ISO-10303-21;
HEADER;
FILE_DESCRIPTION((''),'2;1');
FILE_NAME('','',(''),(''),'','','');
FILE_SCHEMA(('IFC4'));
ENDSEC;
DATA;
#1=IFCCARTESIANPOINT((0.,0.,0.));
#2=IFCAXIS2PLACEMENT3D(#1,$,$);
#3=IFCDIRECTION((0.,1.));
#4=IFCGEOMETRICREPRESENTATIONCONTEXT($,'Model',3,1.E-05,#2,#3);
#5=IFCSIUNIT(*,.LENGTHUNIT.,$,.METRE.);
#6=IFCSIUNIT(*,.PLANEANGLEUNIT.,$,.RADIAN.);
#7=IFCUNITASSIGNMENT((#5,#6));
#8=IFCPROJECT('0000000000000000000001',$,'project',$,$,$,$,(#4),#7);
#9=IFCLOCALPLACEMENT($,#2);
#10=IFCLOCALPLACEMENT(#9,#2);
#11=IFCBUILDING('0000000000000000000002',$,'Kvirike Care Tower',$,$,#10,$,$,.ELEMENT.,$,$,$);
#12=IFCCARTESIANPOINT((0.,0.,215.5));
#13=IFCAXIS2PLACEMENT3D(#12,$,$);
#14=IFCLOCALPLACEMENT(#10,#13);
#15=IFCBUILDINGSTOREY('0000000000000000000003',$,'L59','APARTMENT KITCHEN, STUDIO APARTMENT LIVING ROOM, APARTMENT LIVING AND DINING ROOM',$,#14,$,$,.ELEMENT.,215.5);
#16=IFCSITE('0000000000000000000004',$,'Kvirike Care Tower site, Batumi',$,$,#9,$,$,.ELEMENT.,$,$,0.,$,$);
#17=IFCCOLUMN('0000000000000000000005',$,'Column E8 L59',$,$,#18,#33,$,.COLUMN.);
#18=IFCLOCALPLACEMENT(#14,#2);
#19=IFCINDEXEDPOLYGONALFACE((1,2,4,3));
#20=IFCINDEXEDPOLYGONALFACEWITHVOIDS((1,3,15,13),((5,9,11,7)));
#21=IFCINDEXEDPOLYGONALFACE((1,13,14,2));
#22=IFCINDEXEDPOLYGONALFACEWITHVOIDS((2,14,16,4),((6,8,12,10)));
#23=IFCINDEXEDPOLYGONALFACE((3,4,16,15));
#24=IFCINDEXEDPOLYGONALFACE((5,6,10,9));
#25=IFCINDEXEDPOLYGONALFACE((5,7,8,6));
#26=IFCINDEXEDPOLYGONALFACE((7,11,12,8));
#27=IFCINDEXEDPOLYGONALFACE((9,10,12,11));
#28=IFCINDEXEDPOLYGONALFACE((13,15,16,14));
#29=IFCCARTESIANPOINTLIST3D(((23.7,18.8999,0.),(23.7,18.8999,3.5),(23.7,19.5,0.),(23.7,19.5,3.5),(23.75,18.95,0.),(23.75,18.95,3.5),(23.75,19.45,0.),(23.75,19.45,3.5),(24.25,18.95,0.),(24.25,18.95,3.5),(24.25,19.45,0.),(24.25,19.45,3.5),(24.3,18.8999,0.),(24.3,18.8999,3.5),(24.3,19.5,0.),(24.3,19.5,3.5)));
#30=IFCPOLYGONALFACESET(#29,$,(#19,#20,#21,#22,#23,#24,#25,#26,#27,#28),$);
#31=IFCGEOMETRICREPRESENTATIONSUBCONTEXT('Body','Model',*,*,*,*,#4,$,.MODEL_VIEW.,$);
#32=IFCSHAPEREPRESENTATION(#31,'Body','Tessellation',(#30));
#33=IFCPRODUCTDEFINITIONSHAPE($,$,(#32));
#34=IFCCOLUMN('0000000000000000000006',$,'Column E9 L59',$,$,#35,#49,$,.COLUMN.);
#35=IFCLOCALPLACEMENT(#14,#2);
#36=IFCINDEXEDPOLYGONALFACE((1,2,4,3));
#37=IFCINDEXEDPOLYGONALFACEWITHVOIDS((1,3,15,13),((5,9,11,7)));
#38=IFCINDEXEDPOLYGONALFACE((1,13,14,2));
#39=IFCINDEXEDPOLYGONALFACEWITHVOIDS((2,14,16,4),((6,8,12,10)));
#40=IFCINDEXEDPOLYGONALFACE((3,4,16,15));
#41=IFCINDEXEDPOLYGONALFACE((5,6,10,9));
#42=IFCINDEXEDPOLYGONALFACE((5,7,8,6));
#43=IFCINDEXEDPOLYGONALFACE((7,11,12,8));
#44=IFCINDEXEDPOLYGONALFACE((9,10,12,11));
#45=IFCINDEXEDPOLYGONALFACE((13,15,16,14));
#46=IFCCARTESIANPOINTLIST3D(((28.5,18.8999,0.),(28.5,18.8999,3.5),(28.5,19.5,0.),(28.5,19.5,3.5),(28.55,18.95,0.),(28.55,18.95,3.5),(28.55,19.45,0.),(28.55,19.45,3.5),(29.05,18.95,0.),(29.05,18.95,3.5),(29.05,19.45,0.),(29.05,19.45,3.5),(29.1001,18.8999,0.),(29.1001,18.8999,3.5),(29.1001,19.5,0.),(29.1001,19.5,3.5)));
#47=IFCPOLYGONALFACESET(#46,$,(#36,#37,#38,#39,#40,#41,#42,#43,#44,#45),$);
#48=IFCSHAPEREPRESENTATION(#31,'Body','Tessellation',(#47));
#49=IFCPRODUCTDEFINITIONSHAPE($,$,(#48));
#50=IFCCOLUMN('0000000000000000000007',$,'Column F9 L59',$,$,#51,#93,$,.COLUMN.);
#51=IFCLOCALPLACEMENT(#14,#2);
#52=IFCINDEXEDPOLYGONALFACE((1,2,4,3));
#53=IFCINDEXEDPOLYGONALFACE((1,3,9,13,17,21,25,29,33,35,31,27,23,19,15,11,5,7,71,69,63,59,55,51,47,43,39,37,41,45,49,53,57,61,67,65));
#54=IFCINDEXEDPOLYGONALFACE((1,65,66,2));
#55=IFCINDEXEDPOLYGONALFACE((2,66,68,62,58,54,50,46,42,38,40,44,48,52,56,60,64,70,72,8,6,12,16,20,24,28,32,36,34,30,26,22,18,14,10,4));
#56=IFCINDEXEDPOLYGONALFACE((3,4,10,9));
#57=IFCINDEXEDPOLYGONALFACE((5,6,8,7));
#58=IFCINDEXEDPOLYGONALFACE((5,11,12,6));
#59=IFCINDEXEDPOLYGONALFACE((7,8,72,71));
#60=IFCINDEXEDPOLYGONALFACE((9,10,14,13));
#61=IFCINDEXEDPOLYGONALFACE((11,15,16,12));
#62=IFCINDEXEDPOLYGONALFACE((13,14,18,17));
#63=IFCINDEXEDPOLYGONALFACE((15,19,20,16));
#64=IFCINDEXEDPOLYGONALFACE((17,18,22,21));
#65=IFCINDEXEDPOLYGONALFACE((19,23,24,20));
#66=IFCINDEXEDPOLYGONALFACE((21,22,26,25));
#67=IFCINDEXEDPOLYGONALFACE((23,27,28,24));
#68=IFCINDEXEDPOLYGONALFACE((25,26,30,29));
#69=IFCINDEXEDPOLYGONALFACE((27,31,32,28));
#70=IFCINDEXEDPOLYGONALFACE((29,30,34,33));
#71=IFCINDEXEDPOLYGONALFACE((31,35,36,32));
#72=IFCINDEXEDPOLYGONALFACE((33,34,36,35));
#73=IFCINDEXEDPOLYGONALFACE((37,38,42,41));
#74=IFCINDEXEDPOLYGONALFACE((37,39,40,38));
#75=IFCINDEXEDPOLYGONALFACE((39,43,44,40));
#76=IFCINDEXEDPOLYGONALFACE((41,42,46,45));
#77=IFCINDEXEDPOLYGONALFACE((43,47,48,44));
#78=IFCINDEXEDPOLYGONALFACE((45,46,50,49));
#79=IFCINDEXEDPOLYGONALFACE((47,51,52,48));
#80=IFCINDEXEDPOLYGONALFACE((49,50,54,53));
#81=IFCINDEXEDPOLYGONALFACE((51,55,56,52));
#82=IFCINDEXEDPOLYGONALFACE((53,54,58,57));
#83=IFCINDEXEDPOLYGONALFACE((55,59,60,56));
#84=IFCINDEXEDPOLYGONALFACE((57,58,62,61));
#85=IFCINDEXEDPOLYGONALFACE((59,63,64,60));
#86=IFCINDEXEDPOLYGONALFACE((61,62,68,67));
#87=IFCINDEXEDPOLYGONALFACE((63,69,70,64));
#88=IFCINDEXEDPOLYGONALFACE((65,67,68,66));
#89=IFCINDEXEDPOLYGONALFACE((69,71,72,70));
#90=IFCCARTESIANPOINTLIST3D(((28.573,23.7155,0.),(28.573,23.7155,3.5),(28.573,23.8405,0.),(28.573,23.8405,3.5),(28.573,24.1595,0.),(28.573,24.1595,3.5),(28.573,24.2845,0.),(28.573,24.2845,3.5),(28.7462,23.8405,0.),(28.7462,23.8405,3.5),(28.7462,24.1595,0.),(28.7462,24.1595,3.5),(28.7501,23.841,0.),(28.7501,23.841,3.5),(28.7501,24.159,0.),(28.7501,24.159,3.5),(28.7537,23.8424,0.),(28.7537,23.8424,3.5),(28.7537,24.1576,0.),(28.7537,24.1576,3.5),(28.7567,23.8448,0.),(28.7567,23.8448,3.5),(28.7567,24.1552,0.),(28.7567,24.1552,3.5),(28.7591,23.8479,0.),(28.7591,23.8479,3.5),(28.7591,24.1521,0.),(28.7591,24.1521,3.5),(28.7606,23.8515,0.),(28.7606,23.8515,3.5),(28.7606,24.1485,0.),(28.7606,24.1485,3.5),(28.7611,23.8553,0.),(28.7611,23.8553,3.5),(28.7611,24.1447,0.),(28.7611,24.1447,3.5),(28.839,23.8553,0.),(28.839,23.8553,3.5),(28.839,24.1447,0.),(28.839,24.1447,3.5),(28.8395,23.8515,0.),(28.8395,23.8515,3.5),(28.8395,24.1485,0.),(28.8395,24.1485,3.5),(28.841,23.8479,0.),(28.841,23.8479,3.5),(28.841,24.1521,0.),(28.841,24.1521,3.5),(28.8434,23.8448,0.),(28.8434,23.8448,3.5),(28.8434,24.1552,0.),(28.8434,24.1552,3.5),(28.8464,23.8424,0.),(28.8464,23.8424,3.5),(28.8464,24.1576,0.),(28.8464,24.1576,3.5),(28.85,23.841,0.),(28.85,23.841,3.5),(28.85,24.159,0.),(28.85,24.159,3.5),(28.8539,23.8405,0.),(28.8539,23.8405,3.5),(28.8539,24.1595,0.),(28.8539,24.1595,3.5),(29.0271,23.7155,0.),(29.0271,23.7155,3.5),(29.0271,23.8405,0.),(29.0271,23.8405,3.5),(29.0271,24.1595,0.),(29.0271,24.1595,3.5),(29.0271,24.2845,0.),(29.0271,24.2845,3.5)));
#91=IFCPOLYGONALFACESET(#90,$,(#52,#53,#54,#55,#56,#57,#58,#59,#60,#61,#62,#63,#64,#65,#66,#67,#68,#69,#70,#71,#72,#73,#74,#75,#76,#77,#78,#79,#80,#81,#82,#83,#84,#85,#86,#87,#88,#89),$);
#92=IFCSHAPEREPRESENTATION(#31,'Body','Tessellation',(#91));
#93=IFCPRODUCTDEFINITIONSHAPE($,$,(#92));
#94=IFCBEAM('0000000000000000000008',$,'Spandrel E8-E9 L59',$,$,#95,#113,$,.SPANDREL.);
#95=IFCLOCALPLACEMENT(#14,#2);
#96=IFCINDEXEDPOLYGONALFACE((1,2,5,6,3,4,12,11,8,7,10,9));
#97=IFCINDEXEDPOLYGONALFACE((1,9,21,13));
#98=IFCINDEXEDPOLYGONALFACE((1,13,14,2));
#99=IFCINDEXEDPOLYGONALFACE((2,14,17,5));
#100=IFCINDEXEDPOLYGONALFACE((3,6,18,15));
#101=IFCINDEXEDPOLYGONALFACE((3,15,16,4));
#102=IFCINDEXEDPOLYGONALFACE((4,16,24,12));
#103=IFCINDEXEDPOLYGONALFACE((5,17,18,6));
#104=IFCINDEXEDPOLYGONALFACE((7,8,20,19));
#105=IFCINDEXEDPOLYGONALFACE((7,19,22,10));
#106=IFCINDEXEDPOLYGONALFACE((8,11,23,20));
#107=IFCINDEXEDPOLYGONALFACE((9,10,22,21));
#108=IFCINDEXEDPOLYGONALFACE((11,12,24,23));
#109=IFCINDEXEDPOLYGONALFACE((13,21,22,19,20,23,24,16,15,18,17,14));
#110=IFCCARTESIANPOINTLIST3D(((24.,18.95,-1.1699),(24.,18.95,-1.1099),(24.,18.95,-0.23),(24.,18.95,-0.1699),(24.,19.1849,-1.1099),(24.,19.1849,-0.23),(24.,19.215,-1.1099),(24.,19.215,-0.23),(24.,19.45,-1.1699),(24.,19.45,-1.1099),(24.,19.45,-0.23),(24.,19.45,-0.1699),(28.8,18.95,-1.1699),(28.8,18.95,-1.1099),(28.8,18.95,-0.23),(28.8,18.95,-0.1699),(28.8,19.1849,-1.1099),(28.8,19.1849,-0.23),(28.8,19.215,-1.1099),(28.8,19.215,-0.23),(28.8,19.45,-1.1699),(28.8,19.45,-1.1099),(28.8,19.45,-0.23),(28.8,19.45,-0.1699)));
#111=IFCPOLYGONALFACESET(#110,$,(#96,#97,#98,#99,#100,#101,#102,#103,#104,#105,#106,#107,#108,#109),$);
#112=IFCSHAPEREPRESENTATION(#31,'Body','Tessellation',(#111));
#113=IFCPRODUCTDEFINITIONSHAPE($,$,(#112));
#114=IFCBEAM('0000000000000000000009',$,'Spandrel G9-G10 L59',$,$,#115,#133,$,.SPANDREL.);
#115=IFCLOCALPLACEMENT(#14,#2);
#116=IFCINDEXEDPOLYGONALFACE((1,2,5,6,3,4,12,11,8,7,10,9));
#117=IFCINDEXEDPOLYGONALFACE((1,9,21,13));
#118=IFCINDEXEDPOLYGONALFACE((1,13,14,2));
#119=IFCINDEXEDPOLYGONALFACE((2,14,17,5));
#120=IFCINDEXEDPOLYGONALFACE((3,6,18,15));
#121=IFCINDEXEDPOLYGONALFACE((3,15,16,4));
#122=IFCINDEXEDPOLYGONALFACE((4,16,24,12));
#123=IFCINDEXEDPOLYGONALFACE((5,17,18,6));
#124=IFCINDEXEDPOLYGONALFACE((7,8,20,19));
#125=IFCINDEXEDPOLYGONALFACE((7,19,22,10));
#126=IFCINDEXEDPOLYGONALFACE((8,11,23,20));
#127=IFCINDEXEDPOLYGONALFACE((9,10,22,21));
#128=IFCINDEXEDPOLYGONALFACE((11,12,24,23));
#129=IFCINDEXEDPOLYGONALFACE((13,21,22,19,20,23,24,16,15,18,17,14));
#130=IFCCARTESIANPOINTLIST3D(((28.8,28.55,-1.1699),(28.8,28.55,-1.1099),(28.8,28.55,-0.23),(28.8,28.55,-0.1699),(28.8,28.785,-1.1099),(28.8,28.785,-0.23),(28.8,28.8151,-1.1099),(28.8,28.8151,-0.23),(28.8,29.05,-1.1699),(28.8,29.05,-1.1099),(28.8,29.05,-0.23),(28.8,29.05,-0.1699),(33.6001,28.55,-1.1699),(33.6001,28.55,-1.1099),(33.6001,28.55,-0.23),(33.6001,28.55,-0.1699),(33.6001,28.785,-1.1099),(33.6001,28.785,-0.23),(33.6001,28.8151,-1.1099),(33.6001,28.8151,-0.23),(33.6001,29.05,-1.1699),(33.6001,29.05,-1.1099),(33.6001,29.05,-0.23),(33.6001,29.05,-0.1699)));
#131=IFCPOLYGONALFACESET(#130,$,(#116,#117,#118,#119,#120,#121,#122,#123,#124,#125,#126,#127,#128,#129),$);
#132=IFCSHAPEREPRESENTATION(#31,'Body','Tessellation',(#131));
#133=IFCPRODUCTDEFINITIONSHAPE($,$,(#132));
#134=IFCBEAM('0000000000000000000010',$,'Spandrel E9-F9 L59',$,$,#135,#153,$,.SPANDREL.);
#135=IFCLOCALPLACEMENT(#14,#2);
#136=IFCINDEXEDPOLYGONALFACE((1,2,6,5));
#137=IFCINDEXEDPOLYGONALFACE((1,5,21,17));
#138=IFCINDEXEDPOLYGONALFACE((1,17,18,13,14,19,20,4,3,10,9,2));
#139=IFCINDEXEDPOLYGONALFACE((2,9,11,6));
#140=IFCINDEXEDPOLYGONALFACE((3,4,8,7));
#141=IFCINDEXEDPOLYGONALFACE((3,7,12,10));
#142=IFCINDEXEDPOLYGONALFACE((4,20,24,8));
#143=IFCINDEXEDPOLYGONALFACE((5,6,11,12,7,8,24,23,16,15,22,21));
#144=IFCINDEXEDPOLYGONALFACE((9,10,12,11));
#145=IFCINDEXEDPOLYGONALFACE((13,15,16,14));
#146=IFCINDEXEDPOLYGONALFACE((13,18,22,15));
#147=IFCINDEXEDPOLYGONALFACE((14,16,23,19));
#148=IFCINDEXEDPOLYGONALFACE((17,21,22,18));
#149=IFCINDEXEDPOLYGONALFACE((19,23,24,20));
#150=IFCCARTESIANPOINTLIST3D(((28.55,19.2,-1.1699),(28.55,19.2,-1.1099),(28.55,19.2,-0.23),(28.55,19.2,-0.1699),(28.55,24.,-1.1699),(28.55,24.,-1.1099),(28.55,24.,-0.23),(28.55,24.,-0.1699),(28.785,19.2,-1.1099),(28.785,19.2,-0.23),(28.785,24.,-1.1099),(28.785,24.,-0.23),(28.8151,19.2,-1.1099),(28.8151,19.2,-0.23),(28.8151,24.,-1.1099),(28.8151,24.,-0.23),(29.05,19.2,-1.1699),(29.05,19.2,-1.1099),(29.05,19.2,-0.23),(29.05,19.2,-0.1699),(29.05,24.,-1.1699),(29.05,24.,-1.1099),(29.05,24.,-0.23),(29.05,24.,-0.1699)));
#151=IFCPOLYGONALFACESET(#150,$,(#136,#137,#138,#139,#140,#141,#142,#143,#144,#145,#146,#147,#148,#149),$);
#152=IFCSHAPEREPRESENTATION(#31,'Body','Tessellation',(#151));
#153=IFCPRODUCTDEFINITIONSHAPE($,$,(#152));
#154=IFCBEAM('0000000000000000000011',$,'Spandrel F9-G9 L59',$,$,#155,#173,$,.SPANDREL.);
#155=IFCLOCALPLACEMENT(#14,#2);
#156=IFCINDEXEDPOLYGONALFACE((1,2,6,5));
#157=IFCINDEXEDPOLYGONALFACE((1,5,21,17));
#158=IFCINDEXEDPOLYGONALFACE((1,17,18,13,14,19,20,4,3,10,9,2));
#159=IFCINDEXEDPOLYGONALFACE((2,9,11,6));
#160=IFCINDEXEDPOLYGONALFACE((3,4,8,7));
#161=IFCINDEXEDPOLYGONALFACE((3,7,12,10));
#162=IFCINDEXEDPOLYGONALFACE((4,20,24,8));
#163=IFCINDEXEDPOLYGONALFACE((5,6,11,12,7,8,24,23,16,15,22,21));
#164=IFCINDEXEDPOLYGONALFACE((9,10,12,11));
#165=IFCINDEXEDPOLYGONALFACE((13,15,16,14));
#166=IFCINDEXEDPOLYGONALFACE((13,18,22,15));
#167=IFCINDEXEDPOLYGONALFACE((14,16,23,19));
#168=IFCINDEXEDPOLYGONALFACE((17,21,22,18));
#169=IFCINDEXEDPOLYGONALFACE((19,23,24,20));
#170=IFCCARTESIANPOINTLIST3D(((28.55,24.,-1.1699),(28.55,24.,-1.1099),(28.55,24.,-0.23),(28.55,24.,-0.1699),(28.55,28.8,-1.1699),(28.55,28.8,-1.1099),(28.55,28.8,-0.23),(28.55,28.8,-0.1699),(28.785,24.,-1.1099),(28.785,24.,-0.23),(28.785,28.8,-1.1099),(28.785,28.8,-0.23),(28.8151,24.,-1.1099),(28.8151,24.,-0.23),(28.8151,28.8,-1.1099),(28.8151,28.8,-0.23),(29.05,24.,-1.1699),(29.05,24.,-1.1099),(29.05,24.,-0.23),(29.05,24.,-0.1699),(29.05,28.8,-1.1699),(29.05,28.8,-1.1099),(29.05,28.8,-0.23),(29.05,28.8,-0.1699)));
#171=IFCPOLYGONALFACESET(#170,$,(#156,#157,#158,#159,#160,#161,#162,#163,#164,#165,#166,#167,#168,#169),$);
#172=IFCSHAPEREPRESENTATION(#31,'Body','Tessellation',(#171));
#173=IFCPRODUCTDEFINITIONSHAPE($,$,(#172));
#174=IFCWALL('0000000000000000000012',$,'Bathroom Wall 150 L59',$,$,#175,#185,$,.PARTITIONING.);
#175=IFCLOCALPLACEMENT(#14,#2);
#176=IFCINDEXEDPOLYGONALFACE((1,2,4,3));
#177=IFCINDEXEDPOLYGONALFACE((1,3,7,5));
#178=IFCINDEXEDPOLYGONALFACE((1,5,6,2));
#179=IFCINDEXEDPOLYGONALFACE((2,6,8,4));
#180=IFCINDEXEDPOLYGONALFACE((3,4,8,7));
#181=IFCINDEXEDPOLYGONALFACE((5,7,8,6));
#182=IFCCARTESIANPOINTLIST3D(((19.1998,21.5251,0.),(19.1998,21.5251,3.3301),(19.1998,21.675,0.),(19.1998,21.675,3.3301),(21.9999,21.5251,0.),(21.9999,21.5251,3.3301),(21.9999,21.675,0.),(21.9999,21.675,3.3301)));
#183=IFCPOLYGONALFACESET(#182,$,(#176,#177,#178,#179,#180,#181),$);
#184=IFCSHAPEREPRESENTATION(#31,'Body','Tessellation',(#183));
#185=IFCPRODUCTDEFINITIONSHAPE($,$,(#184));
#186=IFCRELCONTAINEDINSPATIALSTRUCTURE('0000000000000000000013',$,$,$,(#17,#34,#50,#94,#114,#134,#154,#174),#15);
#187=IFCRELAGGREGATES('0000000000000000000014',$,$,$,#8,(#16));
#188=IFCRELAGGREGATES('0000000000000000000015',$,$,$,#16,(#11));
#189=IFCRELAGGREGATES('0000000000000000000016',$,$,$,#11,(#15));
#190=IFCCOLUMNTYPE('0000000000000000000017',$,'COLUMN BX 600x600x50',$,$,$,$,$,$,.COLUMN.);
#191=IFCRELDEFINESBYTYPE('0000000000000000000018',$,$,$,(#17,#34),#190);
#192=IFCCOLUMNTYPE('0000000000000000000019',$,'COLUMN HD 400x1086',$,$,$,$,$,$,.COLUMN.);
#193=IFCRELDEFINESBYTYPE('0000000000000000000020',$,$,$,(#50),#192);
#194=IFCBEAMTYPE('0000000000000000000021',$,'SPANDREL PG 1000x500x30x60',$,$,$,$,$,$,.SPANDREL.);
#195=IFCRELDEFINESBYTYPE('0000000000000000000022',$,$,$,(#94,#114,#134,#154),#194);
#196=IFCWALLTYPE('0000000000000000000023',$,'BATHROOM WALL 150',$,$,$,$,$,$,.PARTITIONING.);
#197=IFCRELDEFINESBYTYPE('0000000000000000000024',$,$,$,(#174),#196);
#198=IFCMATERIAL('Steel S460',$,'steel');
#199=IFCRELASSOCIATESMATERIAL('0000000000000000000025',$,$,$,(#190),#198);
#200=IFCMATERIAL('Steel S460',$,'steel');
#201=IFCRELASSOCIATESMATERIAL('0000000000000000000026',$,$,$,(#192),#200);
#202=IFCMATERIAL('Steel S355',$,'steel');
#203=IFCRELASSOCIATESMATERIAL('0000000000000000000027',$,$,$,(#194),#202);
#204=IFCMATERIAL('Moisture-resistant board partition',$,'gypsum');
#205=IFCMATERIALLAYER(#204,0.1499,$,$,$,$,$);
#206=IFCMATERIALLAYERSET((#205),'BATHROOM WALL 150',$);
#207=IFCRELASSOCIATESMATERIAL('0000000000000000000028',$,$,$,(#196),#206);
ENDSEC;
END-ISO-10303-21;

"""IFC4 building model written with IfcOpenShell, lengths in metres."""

from ifc_helpers import new_model, si_unit, direction, frame, frame_2d, origin, origin_2d, place, context, subcontext, project, spatial, rectangle, hollow_rectangle, i_section, extrude, material, layer, layer_set, material_profile, profile_set, type_object, element, save


model = new_model("IFC4")

# Units and contexts
model_context = context("Model", 3, precision=1e-05, world=origin(), true_north=direction((0.0, 1.0)))
body_context = subcontext(model_context, "Body", "Model", "MODEL_VIEW")
ifc_project = project(units=[si_unit("LENGTHUNIT", "METRE"), si_unit("PLANEANGLEUNIT", "RADIAN")], contexts=[model_context])

# Site, building, storey
site_placement = place(None, origin())
site = spatial("IfcSite", under=ifc_project, at=site_placement, Name="Kvirike Care Tower site, Batumi", CompositionType="ELEMENT", RefElevation=0.0)
building_placement = place(site_placement, origin())
building = spatial("IfcBuilding", under=site, at=building_placement, Name="Kvirike Care Tower", CompositionType="ELEMENT")
storey_placement = place(building_placement, frame((0.0, 0.0, 215.5)))
storey = spatial("IfcBuildingStorey", under=building, at=storey_placement, Name="L59", Description="APARTMENT KITCHEN, STUDIO APARTMENT LIVING ROOM, APARTMENT LIVING AND DINING ROOM", CompositionType="ELEMENT", Elevation=215.5)

# Columns
ifc_material_1 = material(Name="Steel S460", Category="steel")
ifc_material_profile_1 = material_profile(ifc_material_1, hollow_rectangle(XDim=0.6001, YDim=0.6001, WallThickness=0.05, at=origin_2d()), Name="BX 600x600x50")
ifc_profile_set_1 = profile_set([ifc_material_profile_1], Name="Steel S460")
column_type_1 = type_object("IfcColumnType", Name="COLUMN BX 600x600x50", PredefinedType="COLUMN", material=ifc_profile_set_1)
for number, where, z_axis, x_axis, name in (
    (1, (24.0, 19.2, 0.0), (0.0, 0.0, 1.0), (0.0, 1.0, 0.0), "Column E8 L59"),
    (2, (28.8, 19.2, 0.0), (0.0, 0.0, 1.0), (0.0, 1.0, 0.0), "Column E9 L59"),
):
    element("IfcColumn", number, at=place(storey_placement, frame(where, z_axis=z_axis, x_axis=x_axis)), inside=storey, type_object=column_type_1, Name=name, PredefinedType="COLUMN", context=body_context, shape_type="SweptSolid", body=[
        extrude(hollow_rectangle(XDim=0.6001, YDim=0.6001, WallThickness=0.05, at=origin_2d()), origin(), (0.0, 0.0, 1.0), 3.5),
    ])
ifc_material_2 = material(Name="Steel S460", Category="steel")
ifc_material_profile_2 = material_profile(ifc_material_2, i_section(OverallWidth=0.4541, OverallDepth=0.5691, WebThickness=0.0779, FlangeThickness=0.125, FilletRadius=0.0149, at=origin_2d()), Name="HD 400x1086")
ifc_profile_set_2 = profile_set([ifc_material_profile_2], Name="Steel S460")
column_type_2 = type_object("IfcColumnType", Name="COLUMN HD 400x1086", PredefinedType="COLUMN", material=ifc_profile_set_2)
column_placement = place(storey_placement, frame((28.8, 24.0, 0.0), z_axis=(0.0, 0.0, 1.0), x_axis=(1.0, 0.0, 0.0)))
element("IfcColumn", 3, at=column_placement, inside=storey, type_object=column_type_2, Name="Column F9 L59", PredefinedType="COLUMN", context=body_context, shape_type="SweptSolid", body=[
    extrude(i_section(OverallWidth=0.4541, OverallDepth=0.5691, WebThickness=0.0779, FlangeThickness=0.125, FilletRadius=0.0149, at=origin_2d()), origin(), (0.0, 0.0, 1.0), 3.5),
])

# Beams
ifc_material_3 = material(Name="Steel S355", Category="steel")
ifc_material_profile_3 = material_profile(ifc_material_3, i_section(OverallWidth=0.5, OverallDepth=1.0, WebThickness=0.03, FlangeThickness=0.0601, at=origin_2d()), Name="PG 1000x500x30x60")
ifc_profile_set_3 = profile_set([ifc_material_profile_3], Name="Steel S355")
beam_type = type_object("IfcBeamType", Name="SPANDREL PG 1000x500x30x60", PredefinedType="SPANDREL", material=ifc_profile_set_3)
for number, where, z_axis, x_axis, name in (
    (4, (24.0, 19.2, -0.6699), (1.0, 0.0, 0.0), (0.0, 1.0, 0.0), "Spandrel E8-E9 L59"),
    (5, (28.8, 28.8, -0.6699), (1.0, 0.0, 0.0), (0.0, 1.0, 0.0), "Spandrel G9-G10 L59"),
    (6, (28.8, 19.2, -0.6699), (0.0, 1.0, 0.0), (-1.0, 0.0, 0.0), "Spandrel E9-F9 L59"),
    (7, (28.8, 24.0, -0.6699), (0.0, 1.0, 0.0), (-1.0, 0.0, 0.0), "Spandrel F9-G9 L59"),
):
    element("IfcBeam", number, at=place(storey_placement, frame(where, z_axis=z_axis, x_axis=x_axis)), inside=storey, type_object=beam_type, Name=name, PredefinedType="SPANDREL", context=body_context, shape_type="SweptSolid", body=[
        extrude(i_section(OverallWidth=0.5, OverallDepth=1.0, WebThickness=0.03, FlangeThickness=0.0601, at=origin_2d()), origin(), (0.0, 0.0, 1.0), 4.8),
    ])

# Wall
ifc_material_4 = material(Name="Moisture-resistant board partition", Category="gypsum")
ifc_layer_1 = layer(ifc_material_4, 0.1499)
ifc_layer_set_1 = layer_set([ifc_layer_1], Name="BATHROOM WALL 150")
wall_type_1 = type_object("IfcWallType", Name="BATHROOM WALL 150", PredefinedType="PARTITIONING", material=ifc_layer_set_1)
wall_1_placement = place(storey_placement, frame((19.2, 21.6001, 0.0), z_axis=(0.0, 0.0, 1.0), x_axis=(1.0, 0.0, 0.0)))
element("IfcWall", 8, at=wall_1_placement, inside=storey, type_object=wall_type_1, Name="Bathroom Wall 150 L59", PredefinedType="PARTITIONING", context=body_context, shape_type="SweptSolid", body=[
    extrude(rectangle(XDim=2.8, YDim=0.1499, at=frame_2d((1.3999, 0.0))), origin(), (0.0, 0.0, 1.0), 3.3301),
])

save(model, "model.ifc")
